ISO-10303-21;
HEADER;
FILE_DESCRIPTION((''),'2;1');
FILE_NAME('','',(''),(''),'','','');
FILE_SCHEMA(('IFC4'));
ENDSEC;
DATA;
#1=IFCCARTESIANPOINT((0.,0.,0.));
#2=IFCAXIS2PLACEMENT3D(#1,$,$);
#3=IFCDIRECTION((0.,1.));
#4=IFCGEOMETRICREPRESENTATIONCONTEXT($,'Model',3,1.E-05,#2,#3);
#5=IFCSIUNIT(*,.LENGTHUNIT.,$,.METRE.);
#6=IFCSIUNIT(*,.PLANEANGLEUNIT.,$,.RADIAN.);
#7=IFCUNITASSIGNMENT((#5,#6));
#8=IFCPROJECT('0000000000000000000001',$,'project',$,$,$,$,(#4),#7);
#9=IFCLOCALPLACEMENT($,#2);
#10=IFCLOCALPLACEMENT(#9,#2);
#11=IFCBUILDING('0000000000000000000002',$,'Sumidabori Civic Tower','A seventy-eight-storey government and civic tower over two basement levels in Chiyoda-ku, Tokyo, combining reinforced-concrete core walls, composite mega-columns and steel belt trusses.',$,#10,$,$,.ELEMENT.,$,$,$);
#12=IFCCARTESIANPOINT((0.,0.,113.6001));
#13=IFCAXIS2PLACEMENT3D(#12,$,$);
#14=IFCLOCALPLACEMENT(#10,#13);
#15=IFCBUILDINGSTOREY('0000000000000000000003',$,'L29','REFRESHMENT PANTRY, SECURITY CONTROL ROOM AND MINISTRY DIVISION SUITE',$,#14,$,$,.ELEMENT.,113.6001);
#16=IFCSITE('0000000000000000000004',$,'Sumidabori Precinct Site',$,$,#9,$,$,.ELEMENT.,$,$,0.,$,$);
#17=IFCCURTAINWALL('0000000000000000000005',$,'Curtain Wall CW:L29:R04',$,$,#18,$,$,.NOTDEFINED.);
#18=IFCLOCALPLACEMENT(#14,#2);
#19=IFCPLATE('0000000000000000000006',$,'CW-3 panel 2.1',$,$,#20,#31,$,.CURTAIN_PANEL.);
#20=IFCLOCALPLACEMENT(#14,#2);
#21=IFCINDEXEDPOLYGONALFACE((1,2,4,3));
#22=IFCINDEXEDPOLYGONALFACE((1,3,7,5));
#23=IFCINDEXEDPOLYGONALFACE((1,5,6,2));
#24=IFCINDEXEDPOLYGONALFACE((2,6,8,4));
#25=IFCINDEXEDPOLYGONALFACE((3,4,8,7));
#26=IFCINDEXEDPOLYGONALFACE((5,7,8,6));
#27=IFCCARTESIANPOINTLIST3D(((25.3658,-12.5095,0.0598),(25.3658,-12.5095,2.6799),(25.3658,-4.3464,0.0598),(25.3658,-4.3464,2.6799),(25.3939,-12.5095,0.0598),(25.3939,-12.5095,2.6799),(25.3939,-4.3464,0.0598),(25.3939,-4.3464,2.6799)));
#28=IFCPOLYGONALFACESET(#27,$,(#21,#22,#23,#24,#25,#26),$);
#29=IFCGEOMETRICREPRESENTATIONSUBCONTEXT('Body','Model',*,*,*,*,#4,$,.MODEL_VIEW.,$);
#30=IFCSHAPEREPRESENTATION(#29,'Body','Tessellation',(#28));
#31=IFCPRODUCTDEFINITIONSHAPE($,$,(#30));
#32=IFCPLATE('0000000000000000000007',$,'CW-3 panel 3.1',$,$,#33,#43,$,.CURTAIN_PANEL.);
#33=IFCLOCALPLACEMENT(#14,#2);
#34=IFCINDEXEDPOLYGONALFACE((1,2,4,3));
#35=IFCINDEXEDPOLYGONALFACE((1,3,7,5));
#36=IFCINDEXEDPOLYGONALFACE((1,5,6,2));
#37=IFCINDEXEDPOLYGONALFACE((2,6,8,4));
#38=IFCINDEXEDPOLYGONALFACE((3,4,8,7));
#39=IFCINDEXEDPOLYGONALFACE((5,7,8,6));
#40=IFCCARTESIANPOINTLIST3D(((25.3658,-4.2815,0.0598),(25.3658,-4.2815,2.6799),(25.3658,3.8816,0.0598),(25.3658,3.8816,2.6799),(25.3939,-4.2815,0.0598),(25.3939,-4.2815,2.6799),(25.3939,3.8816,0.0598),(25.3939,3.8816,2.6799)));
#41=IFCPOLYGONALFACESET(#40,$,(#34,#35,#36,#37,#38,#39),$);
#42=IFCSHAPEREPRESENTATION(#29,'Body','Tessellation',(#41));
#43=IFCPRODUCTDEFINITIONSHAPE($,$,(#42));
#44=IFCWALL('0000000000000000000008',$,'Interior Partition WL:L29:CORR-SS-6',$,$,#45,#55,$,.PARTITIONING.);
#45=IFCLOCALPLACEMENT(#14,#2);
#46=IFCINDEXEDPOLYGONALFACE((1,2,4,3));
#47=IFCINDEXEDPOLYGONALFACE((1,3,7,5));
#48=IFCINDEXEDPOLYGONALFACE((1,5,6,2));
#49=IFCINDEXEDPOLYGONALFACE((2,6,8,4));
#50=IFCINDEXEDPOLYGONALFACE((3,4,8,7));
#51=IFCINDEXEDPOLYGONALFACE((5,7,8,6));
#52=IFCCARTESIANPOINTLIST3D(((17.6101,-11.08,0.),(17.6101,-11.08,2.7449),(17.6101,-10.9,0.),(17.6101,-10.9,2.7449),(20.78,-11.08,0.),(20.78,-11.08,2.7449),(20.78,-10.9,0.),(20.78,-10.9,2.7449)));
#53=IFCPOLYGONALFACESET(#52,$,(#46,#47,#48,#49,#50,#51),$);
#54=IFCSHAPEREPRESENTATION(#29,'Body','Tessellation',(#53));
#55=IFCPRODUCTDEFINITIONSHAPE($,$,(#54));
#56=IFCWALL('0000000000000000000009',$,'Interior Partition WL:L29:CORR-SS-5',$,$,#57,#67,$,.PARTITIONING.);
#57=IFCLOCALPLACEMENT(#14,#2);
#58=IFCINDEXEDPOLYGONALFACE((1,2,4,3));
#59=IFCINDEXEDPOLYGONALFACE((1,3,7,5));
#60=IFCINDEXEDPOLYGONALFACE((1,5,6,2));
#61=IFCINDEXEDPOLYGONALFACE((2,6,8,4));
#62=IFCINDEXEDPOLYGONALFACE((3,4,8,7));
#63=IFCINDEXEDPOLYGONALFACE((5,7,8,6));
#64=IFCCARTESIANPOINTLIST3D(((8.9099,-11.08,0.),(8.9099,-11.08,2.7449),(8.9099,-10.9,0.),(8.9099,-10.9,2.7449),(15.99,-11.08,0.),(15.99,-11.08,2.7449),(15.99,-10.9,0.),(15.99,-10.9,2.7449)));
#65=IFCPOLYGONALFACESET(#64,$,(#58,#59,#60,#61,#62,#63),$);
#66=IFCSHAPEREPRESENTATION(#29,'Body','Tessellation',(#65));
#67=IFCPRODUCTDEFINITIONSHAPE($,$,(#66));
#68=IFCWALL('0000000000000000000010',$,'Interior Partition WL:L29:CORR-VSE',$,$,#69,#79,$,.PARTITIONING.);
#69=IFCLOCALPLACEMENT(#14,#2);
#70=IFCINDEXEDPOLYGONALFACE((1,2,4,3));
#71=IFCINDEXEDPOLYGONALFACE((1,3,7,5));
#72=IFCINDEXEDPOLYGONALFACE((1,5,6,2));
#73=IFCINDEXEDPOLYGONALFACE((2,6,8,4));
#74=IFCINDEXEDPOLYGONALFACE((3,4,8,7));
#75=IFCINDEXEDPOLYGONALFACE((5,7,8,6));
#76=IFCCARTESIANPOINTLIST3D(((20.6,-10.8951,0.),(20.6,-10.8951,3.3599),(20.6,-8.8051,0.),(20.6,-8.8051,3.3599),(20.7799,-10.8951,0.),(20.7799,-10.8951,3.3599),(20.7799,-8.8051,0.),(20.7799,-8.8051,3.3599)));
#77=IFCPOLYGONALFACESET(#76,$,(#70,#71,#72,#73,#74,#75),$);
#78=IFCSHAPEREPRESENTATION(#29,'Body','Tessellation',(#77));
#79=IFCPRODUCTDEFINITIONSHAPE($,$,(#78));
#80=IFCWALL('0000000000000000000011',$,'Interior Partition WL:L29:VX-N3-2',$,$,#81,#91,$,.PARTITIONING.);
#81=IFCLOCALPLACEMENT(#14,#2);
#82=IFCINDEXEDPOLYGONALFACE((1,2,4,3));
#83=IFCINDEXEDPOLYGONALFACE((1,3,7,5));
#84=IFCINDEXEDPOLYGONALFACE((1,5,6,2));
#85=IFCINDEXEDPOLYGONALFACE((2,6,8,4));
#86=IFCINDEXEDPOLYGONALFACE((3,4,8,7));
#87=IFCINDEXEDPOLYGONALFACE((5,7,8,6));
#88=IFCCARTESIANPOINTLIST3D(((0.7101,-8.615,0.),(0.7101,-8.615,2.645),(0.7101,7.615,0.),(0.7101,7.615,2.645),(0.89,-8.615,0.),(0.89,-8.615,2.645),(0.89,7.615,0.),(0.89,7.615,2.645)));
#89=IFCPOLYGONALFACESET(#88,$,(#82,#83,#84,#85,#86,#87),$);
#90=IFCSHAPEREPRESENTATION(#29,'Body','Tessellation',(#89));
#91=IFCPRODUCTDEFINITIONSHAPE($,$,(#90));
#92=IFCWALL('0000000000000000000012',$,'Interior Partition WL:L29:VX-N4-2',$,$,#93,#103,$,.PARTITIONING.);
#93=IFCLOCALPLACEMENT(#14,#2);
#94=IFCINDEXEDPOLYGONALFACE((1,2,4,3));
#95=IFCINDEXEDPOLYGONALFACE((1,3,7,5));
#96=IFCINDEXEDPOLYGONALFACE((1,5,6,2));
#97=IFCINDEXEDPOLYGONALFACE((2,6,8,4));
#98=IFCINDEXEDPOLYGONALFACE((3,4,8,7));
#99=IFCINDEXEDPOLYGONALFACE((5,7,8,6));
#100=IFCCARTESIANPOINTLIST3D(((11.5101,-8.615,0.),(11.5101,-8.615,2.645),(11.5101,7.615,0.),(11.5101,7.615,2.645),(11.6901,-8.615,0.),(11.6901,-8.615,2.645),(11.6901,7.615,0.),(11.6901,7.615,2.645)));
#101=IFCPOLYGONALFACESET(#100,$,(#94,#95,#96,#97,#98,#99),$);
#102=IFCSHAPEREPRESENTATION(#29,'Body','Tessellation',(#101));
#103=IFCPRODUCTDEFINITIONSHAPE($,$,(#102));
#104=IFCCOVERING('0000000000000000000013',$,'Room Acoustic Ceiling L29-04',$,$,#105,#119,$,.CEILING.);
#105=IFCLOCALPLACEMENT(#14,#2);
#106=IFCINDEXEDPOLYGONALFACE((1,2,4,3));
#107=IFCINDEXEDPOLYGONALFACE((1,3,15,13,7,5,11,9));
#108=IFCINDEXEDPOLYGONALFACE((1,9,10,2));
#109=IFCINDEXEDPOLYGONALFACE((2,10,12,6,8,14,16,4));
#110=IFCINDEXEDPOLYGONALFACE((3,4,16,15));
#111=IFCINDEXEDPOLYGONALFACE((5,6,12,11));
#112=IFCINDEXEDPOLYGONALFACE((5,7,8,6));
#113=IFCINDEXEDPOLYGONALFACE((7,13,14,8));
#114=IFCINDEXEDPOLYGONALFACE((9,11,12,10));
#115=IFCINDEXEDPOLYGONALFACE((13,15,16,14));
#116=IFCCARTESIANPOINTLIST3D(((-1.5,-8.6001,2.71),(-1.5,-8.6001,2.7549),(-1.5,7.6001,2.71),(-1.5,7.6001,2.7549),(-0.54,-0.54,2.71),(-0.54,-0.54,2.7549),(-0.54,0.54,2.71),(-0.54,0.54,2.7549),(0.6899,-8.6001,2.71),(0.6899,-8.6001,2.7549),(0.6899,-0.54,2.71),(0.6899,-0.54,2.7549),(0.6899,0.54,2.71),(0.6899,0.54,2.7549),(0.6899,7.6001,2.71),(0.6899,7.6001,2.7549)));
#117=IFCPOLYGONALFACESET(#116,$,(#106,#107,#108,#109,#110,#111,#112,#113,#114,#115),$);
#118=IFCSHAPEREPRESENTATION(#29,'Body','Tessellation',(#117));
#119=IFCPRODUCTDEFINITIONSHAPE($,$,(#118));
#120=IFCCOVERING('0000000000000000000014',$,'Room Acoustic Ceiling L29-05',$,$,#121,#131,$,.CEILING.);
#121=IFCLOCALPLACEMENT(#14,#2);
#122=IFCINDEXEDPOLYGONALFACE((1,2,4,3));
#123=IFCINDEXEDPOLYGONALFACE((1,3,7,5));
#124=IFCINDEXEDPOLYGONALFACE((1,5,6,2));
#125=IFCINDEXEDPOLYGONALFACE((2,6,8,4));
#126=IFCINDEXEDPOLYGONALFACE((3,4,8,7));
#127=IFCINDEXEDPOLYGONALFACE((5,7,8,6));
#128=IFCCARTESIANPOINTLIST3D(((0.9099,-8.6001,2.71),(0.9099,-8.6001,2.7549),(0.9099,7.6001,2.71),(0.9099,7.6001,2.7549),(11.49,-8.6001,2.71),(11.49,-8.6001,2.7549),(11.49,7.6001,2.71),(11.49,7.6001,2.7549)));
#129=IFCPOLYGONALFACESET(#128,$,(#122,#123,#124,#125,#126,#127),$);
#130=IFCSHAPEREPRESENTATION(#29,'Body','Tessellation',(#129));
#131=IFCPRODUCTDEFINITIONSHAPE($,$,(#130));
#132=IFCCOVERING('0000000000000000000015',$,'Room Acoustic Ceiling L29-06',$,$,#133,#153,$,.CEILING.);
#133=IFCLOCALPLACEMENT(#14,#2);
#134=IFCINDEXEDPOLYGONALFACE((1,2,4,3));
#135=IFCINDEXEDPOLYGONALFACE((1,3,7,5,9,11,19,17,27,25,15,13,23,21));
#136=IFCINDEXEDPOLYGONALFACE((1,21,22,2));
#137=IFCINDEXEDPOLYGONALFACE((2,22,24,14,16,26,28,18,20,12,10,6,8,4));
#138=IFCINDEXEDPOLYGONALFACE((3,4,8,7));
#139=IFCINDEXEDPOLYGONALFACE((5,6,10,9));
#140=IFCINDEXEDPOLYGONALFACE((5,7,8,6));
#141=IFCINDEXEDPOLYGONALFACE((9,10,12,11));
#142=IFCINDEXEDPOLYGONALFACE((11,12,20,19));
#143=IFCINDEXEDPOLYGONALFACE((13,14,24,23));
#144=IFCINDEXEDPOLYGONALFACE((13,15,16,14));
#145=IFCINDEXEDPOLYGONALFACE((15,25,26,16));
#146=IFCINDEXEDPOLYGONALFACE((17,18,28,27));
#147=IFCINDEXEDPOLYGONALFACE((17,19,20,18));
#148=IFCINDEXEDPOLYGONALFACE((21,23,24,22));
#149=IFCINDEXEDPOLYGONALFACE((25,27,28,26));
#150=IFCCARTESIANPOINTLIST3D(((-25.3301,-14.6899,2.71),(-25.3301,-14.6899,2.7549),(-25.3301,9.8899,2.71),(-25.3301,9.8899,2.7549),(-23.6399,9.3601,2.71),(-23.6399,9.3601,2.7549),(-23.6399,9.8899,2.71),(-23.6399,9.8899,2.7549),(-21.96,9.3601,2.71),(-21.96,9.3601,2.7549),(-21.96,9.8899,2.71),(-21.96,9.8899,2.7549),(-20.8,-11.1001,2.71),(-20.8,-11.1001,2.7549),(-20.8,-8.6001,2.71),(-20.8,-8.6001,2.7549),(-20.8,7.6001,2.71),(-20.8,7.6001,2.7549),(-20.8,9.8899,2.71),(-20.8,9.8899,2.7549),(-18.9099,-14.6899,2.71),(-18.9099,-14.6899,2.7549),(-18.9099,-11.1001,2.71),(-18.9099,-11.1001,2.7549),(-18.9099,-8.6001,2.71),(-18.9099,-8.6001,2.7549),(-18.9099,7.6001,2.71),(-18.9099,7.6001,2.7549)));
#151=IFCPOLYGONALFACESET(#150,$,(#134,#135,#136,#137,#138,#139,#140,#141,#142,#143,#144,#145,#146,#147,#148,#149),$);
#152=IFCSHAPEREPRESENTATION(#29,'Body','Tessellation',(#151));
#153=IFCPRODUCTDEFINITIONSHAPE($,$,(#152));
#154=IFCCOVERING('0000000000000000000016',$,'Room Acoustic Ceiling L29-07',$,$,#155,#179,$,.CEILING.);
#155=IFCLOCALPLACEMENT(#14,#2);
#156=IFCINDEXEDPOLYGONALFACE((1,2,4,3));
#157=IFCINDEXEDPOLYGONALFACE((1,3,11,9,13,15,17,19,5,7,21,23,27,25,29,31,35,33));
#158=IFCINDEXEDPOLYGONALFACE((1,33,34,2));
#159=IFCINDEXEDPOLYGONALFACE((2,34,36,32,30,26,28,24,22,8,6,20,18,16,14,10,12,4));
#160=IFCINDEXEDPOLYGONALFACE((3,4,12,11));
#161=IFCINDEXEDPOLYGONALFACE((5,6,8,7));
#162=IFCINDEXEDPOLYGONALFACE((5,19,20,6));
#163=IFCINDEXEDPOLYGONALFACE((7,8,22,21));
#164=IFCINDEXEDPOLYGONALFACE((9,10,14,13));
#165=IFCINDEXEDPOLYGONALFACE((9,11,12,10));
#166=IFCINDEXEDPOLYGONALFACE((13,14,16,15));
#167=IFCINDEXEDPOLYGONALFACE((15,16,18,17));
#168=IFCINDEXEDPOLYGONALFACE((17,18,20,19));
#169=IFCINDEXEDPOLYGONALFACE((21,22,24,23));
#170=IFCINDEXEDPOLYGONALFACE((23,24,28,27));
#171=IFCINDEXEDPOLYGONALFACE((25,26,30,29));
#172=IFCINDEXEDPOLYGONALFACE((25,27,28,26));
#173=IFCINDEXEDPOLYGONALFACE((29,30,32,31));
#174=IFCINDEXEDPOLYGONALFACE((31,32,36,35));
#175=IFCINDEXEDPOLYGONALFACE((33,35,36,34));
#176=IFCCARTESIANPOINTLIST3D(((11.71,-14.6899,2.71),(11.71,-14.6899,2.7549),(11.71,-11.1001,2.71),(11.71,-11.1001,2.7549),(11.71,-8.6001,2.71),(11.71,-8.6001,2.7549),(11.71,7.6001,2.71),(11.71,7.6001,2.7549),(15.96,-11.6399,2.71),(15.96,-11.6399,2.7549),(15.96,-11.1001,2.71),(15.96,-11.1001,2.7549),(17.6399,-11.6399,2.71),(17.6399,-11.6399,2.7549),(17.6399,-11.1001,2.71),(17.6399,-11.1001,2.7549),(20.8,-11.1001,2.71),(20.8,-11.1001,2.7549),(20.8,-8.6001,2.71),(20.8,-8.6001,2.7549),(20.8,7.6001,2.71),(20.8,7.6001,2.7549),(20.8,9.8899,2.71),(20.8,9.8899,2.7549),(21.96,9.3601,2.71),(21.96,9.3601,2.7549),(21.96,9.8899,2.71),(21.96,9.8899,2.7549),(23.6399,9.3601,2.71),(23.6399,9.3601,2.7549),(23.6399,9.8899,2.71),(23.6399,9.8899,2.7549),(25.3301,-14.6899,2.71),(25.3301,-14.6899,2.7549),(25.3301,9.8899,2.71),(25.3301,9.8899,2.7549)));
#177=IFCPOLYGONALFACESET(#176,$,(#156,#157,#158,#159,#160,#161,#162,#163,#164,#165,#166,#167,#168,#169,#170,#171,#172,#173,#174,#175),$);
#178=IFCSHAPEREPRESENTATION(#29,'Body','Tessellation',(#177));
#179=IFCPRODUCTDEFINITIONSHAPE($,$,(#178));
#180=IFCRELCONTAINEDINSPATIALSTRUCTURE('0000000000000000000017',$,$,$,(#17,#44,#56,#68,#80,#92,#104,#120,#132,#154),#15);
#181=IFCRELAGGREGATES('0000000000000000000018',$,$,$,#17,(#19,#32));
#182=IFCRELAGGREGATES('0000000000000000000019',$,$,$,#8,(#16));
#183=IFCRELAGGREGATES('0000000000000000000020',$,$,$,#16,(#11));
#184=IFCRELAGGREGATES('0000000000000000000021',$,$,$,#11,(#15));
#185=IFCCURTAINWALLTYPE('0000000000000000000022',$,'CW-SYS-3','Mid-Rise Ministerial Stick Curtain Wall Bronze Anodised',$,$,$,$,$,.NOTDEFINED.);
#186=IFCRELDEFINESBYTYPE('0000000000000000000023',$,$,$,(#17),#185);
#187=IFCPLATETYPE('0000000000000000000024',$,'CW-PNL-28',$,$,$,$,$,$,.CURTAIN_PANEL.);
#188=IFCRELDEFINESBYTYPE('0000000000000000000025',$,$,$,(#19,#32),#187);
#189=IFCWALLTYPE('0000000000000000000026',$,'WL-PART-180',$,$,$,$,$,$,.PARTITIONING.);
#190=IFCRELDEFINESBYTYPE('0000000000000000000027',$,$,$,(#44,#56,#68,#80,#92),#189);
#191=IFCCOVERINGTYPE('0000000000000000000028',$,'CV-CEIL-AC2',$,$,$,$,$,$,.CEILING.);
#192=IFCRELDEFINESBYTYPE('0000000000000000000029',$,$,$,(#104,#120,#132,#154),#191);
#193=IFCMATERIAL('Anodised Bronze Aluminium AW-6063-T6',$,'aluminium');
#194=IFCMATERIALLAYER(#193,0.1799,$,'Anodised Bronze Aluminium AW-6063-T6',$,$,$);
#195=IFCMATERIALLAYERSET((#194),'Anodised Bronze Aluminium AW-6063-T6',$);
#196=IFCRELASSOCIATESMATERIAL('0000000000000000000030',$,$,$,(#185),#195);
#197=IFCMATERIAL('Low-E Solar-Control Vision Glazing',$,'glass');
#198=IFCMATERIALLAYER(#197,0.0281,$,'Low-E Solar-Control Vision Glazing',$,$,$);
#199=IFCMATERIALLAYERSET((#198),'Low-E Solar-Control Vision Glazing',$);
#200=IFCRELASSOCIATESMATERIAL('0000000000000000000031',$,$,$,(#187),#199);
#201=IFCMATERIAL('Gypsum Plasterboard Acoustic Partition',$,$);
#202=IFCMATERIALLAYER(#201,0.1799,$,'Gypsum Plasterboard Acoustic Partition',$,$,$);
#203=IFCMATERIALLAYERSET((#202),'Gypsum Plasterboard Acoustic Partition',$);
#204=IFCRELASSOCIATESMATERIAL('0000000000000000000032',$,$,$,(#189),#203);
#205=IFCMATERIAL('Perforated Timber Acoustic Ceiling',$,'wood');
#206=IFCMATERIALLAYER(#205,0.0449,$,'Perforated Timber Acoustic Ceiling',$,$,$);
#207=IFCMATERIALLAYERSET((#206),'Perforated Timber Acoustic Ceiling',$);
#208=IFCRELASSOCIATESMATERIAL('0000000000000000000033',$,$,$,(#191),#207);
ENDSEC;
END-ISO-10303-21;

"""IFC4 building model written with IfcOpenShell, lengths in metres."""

from ifc_helpers import new_model, si_unit, direction, frame, frame_2d, origin, origin_2d, place, context, subcontext, project, spatial, polyline, rectangle, outline, extrude, source, transform, mapped, material, layer, layer_set, type_object, element, aggregate, save


model = new_model("IFC4")

# Units and contexts
model_context = context("Model", 3, precision=1e-05, world=origin(), true_north=direction((0.0, 1.0)))
body_context = subcontext(model_context, "Body", "Model", "MODEL_VIEW")
ifc_project = project(units=[si_unit("LENGTHUNIT", "METRE"), si_unit("PLANEANGLEUNIT", "RADIAN")], contexts=[model_context])

# Site, building, storey
site_placement = place(None, origin())
site = spatial("IfcSite", under=ifc_project, at=site_placement, Name="Sumidabori Precinct Site", CompositionType="ELEMENT", RefElevation=0.0)
building_placement = place(site_placement, origin())
building = spatial("IfcBuilding", under=site, at=building_placement, Name="Sumidabori Civic Tower", Description="A seventy-eight-storey government and civic tower over two basement levels in Chiyoda-ku, Tokyo, combining reinforced-concrete core walls, composite mega-columns and steel belt trusses.", CompositionType="ELEMENT")
storey_placement = place(building_placement, frame((0.0, 0.0, 113.6001)))
storey = spatial("IfcBuildingStorey", under=building, at=storey_placement, Name="L29", Description="REFRESHMENT PANTRY, SECURITY CONTROL ROOM AND MINISTRY DIVISION SUITE", CompositionType="ELEMENT", Elevation=113.6001)

# Curtain wall, plates
ifc_material_1 = material(Name="Anodised Bronze Aluminium AW-6063-T6", Category="aluminium")
ifc_layer_1 = layer(ifc_material_1, 0.1799, Name="Anodised Bronze Aluminium AW-6063-T6")
ifc_layer_set_1 = layer_set([ifc_layer_1], Name="Anodised Bronze Aluminium AW-6063-T6")
curtain_wall_type = type_object("IfcCurtainWallType", Name="CW-SYS-3", Description="Mid-Rise Ministerial Stick Curtain Wall Bronze Anodised", PredefinedType="NOTDEFINED", material=ifc_layer_set_1)
curtain_wall_placement = place(storey_placement, origin())
curtain_wall = element("IfcCurtainWall", 1, at=curtain_wall_placement, inside=storey, type_object=curtain_wall_type, Name="Curtain Wall CW:L29:R04", PredefinedType="NOTDEFINED")
ifc_material_2 = material(Name="Low-E Solar-Control Vision Glazing", Category="glass")
ifc_layer_2 = layer(ifc_material_2, 0.0281, Name="Low-E Solar-Control Vision Glazing")
ifc_layer_set_2 = layer_set([ifc_layer_2], Name="Low-E Solar-Control Vision Glazing")
plate_type = type_object("IfcPlateType", Name="CW-PNL-28", PredefinedType="CURTAIN_PANEL", material=ifc_layer_set_2)
shared_shape_1 = source(origin(), body_context, "Body", "SweptSolid", [
    extrude(rectangle(XDim=8.1631, YDim=0.0281, at=origin_2d()), origin(), (0.0, 0.0, 1.0), 2.6201),
])
plate_1_placement = place(storey_placement, frame((25.3799, -8.428, 0.0598), z_axis=(0.0, 0.0, 1.0), x_axis=(0.0, 1.0, 0.0)))
plate_1 = element("IfcPlate", 2, at=plate_1_placement, type_object=plate_type, Name="CW-3 panel 2.1", PredefinedType="CURTAIN_PANEL", context=body_context, shape_type="MappedRepresentation", body=[
    mapped(shared_shape_1, transform((0.0, 0.0, 0.0), x_axis=(1.0, 0.0, 0.0), y_axis=(0.0, 1.0, 0.0), z_axis=(0.0, 0.0, 1.0), scale=1.0)),
])
plate_2_placement = place(storey_placement, frame((25.3799, -0.2, 0.0598), z_axis=(0.0, 0.0, 1.0), x_axis=(0.0, 1.0, 0.0)))
plate_2 = element("IfcPlate", 3, at=plate_2_placement, type_object=plate_type, Name="CW-3 panel 3.1", PredefinedType="CURTAIN_PANEL", context=body_context, shape_type="MappedRepresentation", body=[
    mapped(shared_shape_1, transform((0.0, 0.0, 0.0), x_axis=(1.0, 0.0, 0.0), y_axis=(0.0, 1.0, 0.0), z_axis=(0.0, 0.0, 1.0), scale=1.0)),
])
aggregate(curtain_wall, [plate_1, plate_2])

# Walls
ifc_material_3 = material(Name="Gypsum Plasterboard Acoustic Partition")
ifc_layer_3 = layer(ifc_material_3, 0.1799, Name="Gypsum Plasterboard Acoustic Partition")
ifc_layer_set_3 = layer_set([ifc_layer_3], Name="Gypsum Plasterboard Acoustic Partition")
wall_type = type_object("IfcWallType", Name="WL-PART-180", PredefinedType="PARTITIONING", material=ifc_layer_set_3)
shared_shape_2 = source(origin(), body_context, "Body", "SweptSolid", [
    extrude(rectangle(XDim=3.1699, YDim=0.1799, at=frame_2d((1.585, 0.0))), origin(), (0.0, 0.0, 1.0), 2.7449),
])
wall_1_placement = place(storey_placement, frame((17.6101, -10.99, 0.0), z_axis=(0.0, 0.0, 1.0), x_axis=(1.0, 0.0, 0.0)))
element("IfcWall", 4, at=wall_1_placement, inside=storey, type_object=wall_type, Name="Interior Partition WL:L29:CORR-SS-6", PredefinedType="PARTITIONING", context=body_context, shape_type="MappedRepresentation", body=[
    mapped(shared_shape_2, transform((0.0, 0.0, 0.0), x_axis=(1.0, 0.0, 0.0), y_axis=(0.0, 1.0, 0.0), z_axis=(0.0, 0.0, 1.0), scale=1.0)),
])
shared_shape_3 = source(origin(), body_context, "Body", "SweptSolid", [
    extrude(rectangle(XDim=7.0801, YDim=0.1799, at=frame_2d((3.54, 0.0))), origin(), (0.0, 0.0, 1.0), 2.7449),
])
wall_2_placement = place(storey_placement, frame((8.9099, -10.99, 0.0), z_axis=(0.0, 0.0, 1.0), x_axis=(1.0, 0.0, 0.0)))
element("IfcWall", 5, at=wall_2_placement, inside=storey, type_object=wall_type, Name="Interior Partition WL:L29:CORR-SS-5", PredefinedType="PARTITIONING", context=body_context, shape_type="MappedRepresentation", body=[
    mapped(shared_shape_3, transform((0.0, 0.0, 0.0), x_axis=(1.0, 0.0, 0.0), y_axis=(0.0, 1.0, 0.0), z_axis=(0.0, 0.0, 1.0), scale=1.0)),
])
shared_shape_4 = source(origin(), body_context, "Body", "SweptSolid", [
    extrude(rectangle(XDim=2.0901, YDim=0.1799, at=frame_2d((1.0449, 0.0))), origin(), (0.0, 0.0, 1.0), 3.3599),
])
wall_3_placement = place(storey_placement, frame((20.6899, -10.895, 0.0), z_axis=(0.0, 0.0, 1.0), x_axis=(0.0, 1.0, 0.0)))
element("IfcWall", 6, at=wall_3_placement, inside=storey, type_object=wall_type, Name="Interior Partition WL:L29:CORR-VSE", PredefinedType="PARTITIONING", context=body_context, shape_type="MappedRepresentation", body=[
    mapped(shared_shape_4, transform((0.0, 0.0, 0.0), x_axis=(1.0, 0.0, 0.0), y_axis=(0.0, 1.0, 0.0), z_axis=(0.0, 0.0, 1.0), scale=1.0)),
])
shared_shape_5 = source(origin(), body_context, "Body", "SweptSolid", [
    extrude(rectangle(XDim=16.23, YDim=0.1799, at=frame_2d((8.115, 0.0))), origin(), (0.0, 0.0, 1.0), 2.645),
])
for number, where, z_axis, x_axis, name in (
    (7, (0.8, -8.615, 0.0), (0.0, 0.0, 1.0), (0.0, 1.0, 0.0), "Interior Partition WL:L29:VX-N3-2"),
    (8, (11.6001, -8.615, 0.0), (0.0, 0.0, 1.0), (0.0, 1.0, 0.0), "Interior Partition WL:L29:VX-N4-2"),
):
    element("IfcWall", number, at=place(storey_placement, frame(where, z_axis=z_axis, x_axis=x_axis)), inside=storey, type_object=wall_type, Name=name, PredefinedType="PARTITIONING", context=body_context, shape_type="MappedRepresentation", body=[
        mapped(shared_shape_5, transform((0.0, 0.0, 0.0), x_axis=(1.0, 0.0, 0.0), y_axis=(0.0, 1.0, 0.0), z_axis=(0.0, 0.0, 1.0), scale=1.0)),
    ])

# Coverings
ifc_material_4 = material(Name="Perforated Timber Acoustic Ceiling", Category="wood")
ifc_layer_4 = layer(ifc_material_4, 0.0449, Name="Perforated Timber Acoustic Ceiling")
ifc_layer_set_4 = layer_set([ifc_layer_4], Name="Perforated Timber Acoustic Ceiling")
covering_type_1 = type_object("IfcCoveringType", Name="CV-CEIL-AC2", PredefinedType="CEILING", material=ifc_layer_set_4)
covering_1_placement = place(storey_placement, frame((0.0, 0.0, 2.71)))
element("IfcCovering", 9, at=covering_1_placement, inside=storey, type_object=covering_type_1, Name="Room Acoustic Ceiling L29-04", PredefinedType="CEILING", context=body_context, shape_type="SweptSolid", body=[
    extrude(outline(polyline([(-1.5, -8.6001), (-1.5, 7.6001), (0.6899, 7.6001), (0.6899, 0.54), (-0.54, 0.54), (-0.54, -0.54), (0.6899, -0.54), (0.6899, -8.6001), (-1.5, -8.6001)])), origin(), (0.0, 0.0, 1.0), 0.0449),
])
covering_2_placement = place(storey_placement, frame((0.0, 0.0, 2.71)))
element("IfcCovering", 10, at=covering_2_placement, inside=storey, type_object=covering_type_1, Name="Room Acoustic Ceiling L29-05", PredefinedType="CEILING", context=body_context, shape_type="SweptSolid", body=[
    extrude(outline(polyline([(0.9099, -8.6001), (0.9099, 7.6001), (11.49, 7.6001), (11.49, -8.6001), (0.9099, -8.6001)])), origin(), (0.0, 0.0, 1.0), 0.0449),
])
covering_3_placement = place(storey_placement, frame((0.0, 0.0, 2.71)))
element("IfcCovering", 11, at=covering_3_placement, inside=storey, type_object=covering_type_1, Name="Room Acoustic Ceiling L29-06", PredefinedType="CEILING", context=body_context, shape_type="SweptSolid", body=[
    extrude(outline(polyline([(-25.3301, -14.6899), (-25.3301, 9.8899), (-23.6399, 9.8899), (-23.6399, 9.3601), (-21.96, 9.3601), (-21.96, 9.8899), (-20.8, 9.8899), (-20.8, 7.6001), (-18.9099, 7.6001), (-18.9099, -8.6001), (-20.8, -8.6001), (-20.8, -11.1001), (-18.9099, -11.1001), (-18.9099, -14.6899), (-25.3301, -14.6899)])), origin(), (0.0, 0.0, 1.0), 0.0449),
])
covering_4_placement = place(storey_placement, frame((0.0, 0.0, 2.71)))
element("IfcCovering", 12, at=covering_4_placement, inside=storey, type_object=covering_type_1, Name="Room Acoustic Ceiling L29-07", PredefinedType="CEILING", context=body_context, shape_type="SweptSolid", body=[
    extrude(outline(polyline([(11.71, -11.1001), (15.96, -11.1001), (15.96, -11.6399), (17.6399, -11.6399), (17.6399, -11.1001), (20.8, -11.1001), (20.8, -8.6001), (11.71, -8.6001), (11.71, 7.6001), (20.8, 7.6001), (20.8, 9.8899), (21.96, 9.8899), (21.96, 9.3601), (23.6399, 9.3601), (23.6399, 9.8899), (25.3301, 9.8899), (25.3301, -14.6899), (11.71, -14.6899), (11.71, -11.1001)])), origin(), (0.0, 0.0, 1.0), 0.0449),
])

save(model, "model.ifc")
